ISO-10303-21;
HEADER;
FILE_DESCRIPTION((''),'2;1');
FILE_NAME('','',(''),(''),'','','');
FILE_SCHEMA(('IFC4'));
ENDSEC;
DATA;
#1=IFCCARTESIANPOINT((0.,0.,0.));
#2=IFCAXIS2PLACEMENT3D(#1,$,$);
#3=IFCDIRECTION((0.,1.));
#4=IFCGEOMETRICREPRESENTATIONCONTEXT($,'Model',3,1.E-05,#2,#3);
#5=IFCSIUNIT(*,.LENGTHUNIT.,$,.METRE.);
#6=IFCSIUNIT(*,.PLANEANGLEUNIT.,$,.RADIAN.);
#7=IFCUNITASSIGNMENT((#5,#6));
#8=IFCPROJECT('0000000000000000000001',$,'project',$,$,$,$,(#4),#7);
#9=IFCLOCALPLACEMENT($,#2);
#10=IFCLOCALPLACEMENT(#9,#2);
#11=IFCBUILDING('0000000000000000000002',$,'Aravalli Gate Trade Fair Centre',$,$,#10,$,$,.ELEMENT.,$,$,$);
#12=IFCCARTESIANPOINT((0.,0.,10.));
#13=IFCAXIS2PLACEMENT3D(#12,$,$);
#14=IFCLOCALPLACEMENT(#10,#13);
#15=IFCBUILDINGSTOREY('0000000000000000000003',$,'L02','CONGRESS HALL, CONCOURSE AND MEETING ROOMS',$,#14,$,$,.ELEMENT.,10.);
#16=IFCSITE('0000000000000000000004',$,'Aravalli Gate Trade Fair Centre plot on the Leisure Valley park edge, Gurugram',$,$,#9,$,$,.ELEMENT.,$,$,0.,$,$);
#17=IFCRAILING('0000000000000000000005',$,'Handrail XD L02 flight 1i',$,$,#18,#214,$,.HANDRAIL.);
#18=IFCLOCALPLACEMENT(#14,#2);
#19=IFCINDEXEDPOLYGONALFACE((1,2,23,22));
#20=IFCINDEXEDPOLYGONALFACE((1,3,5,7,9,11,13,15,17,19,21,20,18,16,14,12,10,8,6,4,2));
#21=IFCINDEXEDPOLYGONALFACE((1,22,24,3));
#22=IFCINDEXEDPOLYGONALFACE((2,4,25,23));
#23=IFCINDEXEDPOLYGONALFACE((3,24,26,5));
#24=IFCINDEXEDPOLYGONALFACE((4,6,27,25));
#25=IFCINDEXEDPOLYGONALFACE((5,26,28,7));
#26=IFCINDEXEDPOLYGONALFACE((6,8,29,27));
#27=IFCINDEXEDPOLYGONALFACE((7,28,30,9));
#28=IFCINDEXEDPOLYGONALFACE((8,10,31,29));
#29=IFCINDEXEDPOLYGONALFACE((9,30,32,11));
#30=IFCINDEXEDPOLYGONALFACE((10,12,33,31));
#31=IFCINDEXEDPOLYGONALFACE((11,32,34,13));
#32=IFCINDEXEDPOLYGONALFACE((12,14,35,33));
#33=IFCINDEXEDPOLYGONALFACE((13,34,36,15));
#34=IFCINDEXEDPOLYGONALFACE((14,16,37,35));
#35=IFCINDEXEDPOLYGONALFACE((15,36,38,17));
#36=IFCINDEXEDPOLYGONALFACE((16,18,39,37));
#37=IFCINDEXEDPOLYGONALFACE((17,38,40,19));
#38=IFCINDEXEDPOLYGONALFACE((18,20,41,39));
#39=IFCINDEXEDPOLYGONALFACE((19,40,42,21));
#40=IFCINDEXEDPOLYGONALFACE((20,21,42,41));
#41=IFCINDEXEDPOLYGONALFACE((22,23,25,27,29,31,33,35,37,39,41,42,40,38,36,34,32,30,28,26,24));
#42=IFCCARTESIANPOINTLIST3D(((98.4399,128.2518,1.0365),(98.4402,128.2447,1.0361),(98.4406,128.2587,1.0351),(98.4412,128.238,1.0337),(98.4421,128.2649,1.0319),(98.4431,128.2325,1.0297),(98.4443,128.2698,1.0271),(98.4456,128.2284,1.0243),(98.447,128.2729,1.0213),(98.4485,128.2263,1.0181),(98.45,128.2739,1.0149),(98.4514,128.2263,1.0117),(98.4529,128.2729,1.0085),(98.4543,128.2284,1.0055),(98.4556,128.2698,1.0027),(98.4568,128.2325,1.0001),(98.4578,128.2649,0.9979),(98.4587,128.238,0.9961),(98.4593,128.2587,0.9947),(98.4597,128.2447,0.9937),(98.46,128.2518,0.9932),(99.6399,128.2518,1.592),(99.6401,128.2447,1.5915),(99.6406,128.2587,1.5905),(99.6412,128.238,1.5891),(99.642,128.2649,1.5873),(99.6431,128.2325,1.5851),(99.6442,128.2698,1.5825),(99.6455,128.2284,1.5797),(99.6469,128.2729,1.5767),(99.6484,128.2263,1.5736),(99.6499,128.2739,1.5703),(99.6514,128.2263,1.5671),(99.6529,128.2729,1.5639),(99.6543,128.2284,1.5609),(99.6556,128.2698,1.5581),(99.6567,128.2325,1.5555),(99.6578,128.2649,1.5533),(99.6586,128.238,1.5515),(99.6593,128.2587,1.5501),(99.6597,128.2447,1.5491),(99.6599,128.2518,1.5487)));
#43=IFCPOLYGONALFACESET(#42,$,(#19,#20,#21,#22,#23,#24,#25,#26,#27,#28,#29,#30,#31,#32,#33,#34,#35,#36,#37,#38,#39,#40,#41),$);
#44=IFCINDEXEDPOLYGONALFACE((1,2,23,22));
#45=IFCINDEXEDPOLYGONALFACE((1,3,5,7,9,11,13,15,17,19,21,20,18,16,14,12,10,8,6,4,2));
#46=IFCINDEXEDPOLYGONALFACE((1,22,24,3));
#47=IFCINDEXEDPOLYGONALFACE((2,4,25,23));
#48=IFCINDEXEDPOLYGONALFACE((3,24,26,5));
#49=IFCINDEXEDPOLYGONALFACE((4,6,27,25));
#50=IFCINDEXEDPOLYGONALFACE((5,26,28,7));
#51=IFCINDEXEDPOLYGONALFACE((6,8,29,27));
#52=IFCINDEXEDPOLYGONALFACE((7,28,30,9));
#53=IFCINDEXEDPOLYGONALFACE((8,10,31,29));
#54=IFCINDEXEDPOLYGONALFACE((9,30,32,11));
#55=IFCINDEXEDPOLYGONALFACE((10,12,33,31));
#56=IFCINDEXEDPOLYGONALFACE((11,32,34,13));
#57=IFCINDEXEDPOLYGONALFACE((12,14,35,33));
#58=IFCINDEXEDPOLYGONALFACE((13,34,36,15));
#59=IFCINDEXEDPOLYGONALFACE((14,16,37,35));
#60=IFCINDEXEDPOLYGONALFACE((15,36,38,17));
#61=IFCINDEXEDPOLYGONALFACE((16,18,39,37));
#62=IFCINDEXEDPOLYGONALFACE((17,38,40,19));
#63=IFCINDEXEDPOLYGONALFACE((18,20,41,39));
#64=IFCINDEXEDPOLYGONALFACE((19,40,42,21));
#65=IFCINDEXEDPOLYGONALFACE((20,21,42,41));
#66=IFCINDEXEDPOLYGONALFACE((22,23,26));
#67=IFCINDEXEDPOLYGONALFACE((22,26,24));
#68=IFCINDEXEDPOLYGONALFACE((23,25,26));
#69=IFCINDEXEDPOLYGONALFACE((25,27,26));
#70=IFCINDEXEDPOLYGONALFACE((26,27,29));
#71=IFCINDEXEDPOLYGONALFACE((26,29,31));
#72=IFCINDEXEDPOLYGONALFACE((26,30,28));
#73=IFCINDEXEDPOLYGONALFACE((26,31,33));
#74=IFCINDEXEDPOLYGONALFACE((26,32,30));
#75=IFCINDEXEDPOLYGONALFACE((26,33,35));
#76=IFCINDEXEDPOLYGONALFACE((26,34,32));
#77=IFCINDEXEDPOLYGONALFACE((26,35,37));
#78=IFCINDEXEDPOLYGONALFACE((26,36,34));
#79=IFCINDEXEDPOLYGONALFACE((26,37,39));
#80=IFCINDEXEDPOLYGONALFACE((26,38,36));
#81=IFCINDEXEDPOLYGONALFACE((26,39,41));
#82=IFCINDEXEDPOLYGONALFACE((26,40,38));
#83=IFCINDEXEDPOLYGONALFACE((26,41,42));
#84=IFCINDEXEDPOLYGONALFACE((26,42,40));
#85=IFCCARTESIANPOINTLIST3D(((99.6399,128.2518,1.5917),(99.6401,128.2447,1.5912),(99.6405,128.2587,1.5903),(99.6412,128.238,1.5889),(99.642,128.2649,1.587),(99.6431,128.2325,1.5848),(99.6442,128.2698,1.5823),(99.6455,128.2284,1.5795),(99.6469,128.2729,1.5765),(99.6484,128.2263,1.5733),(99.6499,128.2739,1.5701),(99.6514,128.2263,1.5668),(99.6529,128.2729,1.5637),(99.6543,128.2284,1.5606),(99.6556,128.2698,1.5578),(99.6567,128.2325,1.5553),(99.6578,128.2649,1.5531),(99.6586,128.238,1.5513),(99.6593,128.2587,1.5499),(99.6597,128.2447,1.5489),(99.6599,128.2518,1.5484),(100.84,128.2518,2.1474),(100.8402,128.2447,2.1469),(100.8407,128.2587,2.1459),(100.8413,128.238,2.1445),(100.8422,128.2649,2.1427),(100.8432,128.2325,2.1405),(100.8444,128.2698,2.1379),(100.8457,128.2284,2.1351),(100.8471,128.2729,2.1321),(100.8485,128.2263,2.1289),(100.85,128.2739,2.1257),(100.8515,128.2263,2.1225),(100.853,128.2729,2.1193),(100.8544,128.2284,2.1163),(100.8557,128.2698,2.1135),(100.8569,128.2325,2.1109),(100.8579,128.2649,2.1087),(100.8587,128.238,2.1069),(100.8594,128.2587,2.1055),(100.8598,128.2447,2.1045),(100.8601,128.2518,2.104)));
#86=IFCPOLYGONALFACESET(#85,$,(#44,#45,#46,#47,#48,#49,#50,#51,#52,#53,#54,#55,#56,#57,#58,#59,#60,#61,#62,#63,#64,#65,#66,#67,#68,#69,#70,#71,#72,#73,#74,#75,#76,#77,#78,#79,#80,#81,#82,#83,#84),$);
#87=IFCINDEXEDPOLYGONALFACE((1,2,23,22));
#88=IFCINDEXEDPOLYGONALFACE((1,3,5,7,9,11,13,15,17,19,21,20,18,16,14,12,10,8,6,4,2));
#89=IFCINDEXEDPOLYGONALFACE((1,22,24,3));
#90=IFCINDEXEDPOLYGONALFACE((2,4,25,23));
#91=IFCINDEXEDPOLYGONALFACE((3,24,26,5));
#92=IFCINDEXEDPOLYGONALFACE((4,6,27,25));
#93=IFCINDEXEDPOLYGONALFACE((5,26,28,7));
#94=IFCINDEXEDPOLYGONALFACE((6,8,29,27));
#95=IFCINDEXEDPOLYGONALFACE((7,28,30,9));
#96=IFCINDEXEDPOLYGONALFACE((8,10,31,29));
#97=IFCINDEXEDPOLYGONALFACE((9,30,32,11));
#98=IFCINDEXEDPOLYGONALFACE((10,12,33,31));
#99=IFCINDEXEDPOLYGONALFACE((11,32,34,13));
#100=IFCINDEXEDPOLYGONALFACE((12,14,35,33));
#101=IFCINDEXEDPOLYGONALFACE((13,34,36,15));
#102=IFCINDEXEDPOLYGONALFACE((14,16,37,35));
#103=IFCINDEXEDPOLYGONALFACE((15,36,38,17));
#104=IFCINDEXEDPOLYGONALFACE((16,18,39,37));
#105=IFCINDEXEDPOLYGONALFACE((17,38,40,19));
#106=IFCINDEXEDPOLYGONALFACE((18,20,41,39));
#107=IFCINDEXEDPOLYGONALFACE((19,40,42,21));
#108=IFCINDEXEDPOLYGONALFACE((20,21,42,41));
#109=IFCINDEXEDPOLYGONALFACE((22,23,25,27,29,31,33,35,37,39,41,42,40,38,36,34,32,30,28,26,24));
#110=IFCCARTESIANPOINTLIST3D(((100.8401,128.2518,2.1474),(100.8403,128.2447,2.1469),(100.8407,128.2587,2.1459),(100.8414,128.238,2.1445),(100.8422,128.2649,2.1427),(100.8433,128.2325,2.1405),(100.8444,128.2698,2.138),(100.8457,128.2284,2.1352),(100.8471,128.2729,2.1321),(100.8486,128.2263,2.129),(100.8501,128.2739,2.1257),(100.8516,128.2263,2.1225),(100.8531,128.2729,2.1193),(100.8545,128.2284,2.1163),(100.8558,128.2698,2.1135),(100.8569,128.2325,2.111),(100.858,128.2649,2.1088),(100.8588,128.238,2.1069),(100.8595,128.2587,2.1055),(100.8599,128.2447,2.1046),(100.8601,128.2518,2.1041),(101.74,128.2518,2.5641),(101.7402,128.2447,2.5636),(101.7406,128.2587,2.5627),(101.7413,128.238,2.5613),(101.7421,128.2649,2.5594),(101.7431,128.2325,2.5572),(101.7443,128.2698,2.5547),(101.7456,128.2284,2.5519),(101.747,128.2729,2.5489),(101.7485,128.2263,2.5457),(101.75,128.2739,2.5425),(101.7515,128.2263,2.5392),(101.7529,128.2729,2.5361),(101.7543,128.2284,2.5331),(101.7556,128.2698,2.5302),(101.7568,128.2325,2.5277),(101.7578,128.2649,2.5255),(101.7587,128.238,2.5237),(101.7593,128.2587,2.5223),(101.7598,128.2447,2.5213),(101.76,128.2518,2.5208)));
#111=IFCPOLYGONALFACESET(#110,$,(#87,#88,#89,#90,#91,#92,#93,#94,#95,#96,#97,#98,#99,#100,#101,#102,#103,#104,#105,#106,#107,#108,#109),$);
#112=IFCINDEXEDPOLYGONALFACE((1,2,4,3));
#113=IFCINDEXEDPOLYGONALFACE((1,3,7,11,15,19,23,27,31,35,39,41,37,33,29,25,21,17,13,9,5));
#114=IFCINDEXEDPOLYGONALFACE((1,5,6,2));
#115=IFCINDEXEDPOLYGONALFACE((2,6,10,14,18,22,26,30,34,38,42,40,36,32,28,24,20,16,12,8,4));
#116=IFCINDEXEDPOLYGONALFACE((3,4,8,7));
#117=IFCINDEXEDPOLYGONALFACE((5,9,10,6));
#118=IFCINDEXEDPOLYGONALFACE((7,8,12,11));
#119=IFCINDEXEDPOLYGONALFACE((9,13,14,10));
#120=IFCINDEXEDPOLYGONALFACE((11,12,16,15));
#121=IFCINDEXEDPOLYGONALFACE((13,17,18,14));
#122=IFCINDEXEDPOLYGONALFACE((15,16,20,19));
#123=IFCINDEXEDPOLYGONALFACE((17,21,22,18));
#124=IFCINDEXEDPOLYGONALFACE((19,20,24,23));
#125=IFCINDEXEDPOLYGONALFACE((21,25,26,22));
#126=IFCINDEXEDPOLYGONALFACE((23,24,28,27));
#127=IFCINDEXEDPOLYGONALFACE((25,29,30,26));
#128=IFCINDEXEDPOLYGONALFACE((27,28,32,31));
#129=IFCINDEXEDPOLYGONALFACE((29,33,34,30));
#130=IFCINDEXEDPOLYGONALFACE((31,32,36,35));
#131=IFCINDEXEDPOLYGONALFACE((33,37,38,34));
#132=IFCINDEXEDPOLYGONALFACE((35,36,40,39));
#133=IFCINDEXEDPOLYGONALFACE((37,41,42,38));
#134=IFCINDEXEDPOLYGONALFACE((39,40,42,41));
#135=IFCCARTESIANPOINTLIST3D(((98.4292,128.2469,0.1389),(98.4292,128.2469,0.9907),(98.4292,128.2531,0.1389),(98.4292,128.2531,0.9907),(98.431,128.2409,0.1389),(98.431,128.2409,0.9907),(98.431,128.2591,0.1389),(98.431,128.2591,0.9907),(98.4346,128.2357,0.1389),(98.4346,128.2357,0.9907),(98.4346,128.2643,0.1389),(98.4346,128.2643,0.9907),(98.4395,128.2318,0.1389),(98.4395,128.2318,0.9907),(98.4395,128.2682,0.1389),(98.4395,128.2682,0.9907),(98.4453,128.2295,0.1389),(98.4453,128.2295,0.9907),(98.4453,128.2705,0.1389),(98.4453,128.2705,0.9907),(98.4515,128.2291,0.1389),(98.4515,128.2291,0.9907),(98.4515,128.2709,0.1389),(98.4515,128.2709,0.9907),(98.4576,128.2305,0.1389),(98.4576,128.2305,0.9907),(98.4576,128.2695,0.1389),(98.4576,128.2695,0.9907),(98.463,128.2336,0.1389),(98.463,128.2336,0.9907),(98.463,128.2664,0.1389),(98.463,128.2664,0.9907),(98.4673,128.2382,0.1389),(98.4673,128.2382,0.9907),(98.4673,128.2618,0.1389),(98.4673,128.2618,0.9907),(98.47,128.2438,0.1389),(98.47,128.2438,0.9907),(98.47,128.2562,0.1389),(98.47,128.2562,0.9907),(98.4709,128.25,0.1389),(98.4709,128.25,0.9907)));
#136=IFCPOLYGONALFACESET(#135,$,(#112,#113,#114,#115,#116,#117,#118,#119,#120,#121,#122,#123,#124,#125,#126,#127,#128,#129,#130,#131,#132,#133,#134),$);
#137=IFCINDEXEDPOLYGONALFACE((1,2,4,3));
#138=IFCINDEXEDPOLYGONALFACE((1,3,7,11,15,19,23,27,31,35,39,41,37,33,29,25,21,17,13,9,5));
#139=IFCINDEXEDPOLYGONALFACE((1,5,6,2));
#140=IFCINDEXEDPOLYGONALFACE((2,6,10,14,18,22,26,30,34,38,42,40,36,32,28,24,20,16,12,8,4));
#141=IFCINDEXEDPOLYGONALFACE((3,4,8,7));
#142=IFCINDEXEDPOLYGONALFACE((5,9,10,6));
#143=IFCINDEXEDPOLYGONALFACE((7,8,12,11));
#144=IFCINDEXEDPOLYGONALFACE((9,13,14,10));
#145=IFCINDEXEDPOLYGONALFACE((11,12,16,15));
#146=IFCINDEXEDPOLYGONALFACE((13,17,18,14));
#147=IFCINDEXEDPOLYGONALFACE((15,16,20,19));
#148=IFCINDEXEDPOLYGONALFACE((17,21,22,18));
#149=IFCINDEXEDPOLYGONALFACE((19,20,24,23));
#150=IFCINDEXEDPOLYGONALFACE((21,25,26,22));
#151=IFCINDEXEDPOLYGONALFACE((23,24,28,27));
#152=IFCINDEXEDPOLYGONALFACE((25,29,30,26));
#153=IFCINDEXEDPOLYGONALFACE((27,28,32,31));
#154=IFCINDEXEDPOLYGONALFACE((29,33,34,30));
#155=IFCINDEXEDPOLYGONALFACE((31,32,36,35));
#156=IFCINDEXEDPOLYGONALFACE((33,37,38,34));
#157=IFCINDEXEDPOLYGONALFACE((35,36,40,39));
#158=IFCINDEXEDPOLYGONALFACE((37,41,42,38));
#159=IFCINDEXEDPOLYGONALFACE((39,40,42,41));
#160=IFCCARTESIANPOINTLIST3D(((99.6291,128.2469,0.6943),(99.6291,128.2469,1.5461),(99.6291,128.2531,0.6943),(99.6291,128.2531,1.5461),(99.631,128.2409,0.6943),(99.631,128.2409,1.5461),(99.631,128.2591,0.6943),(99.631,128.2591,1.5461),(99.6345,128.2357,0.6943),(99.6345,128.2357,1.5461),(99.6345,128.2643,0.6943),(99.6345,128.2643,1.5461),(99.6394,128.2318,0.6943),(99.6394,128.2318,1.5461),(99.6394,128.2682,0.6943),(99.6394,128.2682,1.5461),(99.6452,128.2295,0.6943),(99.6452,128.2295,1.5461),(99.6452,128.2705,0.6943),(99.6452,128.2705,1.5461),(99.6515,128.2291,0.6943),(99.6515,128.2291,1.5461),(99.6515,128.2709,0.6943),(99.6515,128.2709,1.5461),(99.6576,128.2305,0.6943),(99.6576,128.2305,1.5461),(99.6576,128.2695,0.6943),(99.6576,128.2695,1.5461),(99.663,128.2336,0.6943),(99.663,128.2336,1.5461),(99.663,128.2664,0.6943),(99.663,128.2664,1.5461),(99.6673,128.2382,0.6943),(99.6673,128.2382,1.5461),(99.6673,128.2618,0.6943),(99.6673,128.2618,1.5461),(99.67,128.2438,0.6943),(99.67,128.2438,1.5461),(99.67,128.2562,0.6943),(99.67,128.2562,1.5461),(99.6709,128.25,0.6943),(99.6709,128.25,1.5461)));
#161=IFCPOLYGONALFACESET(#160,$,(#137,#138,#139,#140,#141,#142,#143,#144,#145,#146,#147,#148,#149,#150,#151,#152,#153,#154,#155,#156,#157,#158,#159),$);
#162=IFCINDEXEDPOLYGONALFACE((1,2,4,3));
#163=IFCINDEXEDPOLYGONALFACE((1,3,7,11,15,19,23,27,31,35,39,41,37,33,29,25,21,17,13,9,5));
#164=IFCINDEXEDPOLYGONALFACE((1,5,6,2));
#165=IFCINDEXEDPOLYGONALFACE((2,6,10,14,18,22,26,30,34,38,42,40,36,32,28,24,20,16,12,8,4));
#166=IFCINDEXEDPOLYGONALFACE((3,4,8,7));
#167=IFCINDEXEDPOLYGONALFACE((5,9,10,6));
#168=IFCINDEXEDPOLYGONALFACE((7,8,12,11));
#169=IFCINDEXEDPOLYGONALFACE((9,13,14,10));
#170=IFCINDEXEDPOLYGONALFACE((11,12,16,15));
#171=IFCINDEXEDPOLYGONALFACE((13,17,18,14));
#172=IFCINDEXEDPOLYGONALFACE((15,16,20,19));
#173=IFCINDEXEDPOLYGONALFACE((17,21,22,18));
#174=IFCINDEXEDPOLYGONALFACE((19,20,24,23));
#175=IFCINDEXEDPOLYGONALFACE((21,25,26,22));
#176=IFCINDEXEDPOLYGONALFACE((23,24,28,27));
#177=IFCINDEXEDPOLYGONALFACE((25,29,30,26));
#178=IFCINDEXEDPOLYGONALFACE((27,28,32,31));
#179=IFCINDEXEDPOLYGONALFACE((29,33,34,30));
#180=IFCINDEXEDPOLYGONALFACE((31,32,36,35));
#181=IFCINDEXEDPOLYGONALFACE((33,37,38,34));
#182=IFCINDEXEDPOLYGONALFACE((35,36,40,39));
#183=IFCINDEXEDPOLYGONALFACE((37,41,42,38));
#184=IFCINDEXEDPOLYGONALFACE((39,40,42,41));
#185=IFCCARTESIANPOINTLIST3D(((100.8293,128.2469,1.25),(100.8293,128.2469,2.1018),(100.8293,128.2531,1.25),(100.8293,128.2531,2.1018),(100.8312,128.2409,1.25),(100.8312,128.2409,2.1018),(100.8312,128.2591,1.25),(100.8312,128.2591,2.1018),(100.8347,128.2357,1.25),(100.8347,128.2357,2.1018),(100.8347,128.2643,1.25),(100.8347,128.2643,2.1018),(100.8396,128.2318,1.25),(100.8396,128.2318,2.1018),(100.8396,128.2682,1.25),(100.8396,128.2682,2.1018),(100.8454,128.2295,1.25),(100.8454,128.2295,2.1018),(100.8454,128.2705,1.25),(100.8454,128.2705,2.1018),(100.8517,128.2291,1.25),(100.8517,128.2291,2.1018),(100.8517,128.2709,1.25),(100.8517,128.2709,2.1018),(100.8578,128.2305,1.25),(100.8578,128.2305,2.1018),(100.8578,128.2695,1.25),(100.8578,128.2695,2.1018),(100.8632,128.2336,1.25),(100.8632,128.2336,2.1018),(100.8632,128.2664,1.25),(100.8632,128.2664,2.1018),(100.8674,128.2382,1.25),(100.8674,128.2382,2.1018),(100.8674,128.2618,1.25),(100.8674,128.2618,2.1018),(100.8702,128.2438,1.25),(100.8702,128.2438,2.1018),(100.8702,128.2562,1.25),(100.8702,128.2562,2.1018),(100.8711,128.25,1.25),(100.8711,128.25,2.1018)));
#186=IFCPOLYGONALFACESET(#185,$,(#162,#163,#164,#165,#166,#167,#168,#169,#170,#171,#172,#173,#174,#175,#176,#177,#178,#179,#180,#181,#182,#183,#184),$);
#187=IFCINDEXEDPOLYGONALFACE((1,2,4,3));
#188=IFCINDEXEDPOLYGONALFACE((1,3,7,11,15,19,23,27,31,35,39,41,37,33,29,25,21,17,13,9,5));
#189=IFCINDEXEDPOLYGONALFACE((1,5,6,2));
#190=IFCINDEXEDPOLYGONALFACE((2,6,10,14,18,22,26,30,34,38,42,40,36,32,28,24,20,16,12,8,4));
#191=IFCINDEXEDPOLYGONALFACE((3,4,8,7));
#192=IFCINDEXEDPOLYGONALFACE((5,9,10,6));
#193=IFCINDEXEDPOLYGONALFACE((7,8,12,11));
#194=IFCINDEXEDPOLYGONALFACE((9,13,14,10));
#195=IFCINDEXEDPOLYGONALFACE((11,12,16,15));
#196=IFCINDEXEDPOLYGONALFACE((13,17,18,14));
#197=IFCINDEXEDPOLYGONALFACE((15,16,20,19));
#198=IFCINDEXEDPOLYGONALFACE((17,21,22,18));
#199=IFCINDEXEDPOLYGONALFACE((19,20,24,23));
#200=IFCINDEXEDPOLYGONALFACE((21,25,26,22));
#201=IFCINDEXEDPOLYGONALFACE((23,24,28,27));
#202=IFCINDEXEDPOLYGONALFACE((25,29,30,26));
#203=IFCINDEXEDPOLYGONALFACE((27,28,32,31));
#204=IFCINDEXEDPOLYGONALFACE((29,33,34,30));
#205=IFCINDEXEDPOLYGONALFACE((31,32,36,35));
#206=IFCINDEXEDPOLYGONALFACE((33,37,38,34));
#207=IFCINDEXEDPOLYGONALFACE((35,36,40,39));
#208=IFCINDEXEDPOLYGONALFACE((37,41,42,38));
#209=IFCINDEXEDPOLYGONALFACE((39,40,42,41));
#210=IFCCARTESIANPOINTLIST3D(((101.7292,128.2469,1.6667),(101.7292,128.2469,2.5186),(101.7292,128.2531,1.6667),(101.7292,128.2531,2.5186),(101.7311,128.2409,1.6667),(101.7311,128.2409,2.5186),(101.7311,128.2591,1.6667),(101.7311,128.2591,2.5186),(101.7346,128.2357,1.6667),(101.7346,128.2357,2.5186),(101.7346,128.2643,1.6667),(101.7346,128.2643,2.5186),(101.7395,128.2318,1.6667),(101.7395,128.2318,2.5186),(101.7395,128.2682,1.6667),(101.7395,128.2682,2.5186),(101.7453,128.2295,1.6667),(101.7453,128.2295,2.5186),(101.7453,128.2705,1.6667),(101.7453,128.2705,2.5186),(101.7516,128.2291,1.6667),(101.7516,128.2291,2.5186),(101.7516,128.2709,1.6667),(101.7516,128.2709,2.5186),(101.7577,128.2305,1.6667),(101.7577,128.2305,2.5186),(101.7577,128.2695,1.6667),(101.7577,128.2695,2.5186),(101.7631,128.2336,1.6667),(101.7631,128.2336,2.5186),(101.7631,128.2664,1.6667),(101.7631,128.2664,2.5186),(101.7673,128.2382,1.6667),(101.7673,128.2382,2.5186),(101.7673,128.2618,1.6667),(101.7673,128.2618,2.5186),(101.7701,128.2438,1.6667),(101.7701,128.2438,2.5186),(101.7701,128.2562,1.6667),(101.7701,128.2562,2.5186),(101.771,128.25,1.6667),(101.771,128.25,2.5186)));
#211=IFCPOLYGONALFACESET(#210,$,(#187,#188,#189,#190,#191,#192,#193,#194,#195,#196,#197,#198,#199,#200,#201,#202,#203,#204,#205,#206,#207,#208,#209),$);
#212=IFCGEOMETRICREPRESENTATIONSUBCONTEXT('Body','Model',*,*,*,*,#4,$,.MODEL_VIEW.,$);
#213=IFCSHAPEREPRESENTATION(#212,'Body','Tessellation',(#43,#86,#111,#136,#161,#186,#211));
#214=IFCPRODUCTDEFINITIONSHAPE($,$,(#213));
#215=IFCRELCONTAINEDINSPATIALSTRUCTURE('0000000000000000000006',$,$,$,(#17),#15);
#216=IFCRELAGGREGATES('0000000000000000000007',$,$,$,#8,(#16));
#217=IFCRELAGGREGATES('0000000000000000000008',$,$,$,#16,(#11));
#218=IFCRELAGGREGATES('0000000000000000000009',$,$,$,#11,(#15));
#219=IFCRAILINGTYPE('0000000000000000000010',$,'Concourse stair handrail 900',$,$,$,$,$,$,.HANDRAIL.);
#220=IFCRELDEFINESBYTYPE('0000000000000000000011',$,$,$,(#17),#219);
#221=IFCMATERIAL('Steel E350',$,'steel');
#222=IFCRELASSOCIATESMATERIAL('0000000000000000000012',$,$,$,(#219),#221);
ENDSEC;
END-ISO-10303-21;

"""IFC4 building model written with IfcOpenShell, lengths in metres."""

from ifc_helpers import new_model, si_unit, direction, frame, origin, origin_2d, place, context, subcontext, project, spatial, circle, extrude, material, type_object, element, save


model = new_model("IFC4")

# Units and contexts
model_context = context("Model", 3, precision=1e-05, world=origin(), true_north=direction((0.0, 1.0)))
body_context = subcontext(model_context, "Body", "Model", "MODEL_VIEW")
ifc_project = project(units=[si_unit("LENGTHUNIT", "METRE"), si_unit("PLANEANGLEUNIT", "RADIAN")], contexts=[model_context])

# Site, building, storey
site_placement = place(None, origin())
site = spatial("IfcSite", under=ifc_project, at=site_placement, Name="Aravalli Gate Trade Fair Centre plot on the Leisure Valley park edge, Gurugram", CompositionType="ELEMENT", RefElevation=0.0)
building_placement = place(site_placement, origin())
building = spatial("IfcBuilding", under=site, at=building_placement, Name="Aravalli Gate Trade Fair Centre", CompositionType="ELEMENT")
storey_placement = place(building_placement, frame((0.0, 0.0, 10.0)))
storey = spatial("IfcBuildingStorey", under=building, at=storey_placement, Name="L02", Description="CONGRESS HALL, CONCOURSE AND MEETING ROOMS", CompositionType="ELEMENT", Elevation=10.0)

# Shared definitions
ifc_material_1 = material(Name="Steel E350", Category="steel")

# Railing
railing_type = type_object("IfcRailingType", Name="Concourse stair handrail 900", PredefinedType="HANDRAIL", material=ifc_material_1)
for number, where, name in (
    (1, (98.45, 128.25, 0.1389), "Handrail XD L02 flight 1i"),
):
    element("IfcRailing", number, at=place(storey_placement, frame(where)), inside=storey, type_object=railing_type, Name=name, PredefinedType="HANDRAIL", context=body_context, shape_type="SweptSolid", body=[
        extrude(circle(Radius=0.0239, at=origin_2d()), frame((0.0, 0.0, 0.876), z_axis=(0.907499, 0.0, 0.420053), x_axis=(0.0, 1.0, 0.0)), (0.0, 0.0, 1.0), 1.3223),
        extrude(circle(Radius=0.0239, at=origin_2d()), frame((1.2, 0.0, 1.4312), z_axis=(0.907462, 0.0, 0.420135), x_axis=(0.0, 1.0, 0.0)), (0.0, 0.0, 1.0), 1.3225),
        extrude(circle(Radius=0.0239, at=origin_2d()), frame((2.4001, 0.0, 1.9868), z_axis=(0.907418, 0.0, 0.420229), x_axis=(0.0, 1.0, 0.0)), (0.0, 0.0, 1.0), 0.9917),
        extrude(circle(Radius=0.021, at=origin_2d()), origin(), (0.0, 0.0, 1.0), 0.8518),
        extrude(circle(Radius=0.021, at=origin_2d()), frame((1.2, 0.0, 0.5554)), (0.0, 0.0, 1.0), 0.8518),
        extrude(circle(Radius=0.021, at=origin_2d()), frame((2.4001, 0.0, 1.1111)), (0.0, 0.0, 1.0), 0.8518),
        extrude(circle(Radius=0.021, at=origin_2d()), frame((3.3, 0.0, 1.5278)), (0.0, 0.0, 1.0), 0.8518),
    ])

save(model, "model.ifc")
